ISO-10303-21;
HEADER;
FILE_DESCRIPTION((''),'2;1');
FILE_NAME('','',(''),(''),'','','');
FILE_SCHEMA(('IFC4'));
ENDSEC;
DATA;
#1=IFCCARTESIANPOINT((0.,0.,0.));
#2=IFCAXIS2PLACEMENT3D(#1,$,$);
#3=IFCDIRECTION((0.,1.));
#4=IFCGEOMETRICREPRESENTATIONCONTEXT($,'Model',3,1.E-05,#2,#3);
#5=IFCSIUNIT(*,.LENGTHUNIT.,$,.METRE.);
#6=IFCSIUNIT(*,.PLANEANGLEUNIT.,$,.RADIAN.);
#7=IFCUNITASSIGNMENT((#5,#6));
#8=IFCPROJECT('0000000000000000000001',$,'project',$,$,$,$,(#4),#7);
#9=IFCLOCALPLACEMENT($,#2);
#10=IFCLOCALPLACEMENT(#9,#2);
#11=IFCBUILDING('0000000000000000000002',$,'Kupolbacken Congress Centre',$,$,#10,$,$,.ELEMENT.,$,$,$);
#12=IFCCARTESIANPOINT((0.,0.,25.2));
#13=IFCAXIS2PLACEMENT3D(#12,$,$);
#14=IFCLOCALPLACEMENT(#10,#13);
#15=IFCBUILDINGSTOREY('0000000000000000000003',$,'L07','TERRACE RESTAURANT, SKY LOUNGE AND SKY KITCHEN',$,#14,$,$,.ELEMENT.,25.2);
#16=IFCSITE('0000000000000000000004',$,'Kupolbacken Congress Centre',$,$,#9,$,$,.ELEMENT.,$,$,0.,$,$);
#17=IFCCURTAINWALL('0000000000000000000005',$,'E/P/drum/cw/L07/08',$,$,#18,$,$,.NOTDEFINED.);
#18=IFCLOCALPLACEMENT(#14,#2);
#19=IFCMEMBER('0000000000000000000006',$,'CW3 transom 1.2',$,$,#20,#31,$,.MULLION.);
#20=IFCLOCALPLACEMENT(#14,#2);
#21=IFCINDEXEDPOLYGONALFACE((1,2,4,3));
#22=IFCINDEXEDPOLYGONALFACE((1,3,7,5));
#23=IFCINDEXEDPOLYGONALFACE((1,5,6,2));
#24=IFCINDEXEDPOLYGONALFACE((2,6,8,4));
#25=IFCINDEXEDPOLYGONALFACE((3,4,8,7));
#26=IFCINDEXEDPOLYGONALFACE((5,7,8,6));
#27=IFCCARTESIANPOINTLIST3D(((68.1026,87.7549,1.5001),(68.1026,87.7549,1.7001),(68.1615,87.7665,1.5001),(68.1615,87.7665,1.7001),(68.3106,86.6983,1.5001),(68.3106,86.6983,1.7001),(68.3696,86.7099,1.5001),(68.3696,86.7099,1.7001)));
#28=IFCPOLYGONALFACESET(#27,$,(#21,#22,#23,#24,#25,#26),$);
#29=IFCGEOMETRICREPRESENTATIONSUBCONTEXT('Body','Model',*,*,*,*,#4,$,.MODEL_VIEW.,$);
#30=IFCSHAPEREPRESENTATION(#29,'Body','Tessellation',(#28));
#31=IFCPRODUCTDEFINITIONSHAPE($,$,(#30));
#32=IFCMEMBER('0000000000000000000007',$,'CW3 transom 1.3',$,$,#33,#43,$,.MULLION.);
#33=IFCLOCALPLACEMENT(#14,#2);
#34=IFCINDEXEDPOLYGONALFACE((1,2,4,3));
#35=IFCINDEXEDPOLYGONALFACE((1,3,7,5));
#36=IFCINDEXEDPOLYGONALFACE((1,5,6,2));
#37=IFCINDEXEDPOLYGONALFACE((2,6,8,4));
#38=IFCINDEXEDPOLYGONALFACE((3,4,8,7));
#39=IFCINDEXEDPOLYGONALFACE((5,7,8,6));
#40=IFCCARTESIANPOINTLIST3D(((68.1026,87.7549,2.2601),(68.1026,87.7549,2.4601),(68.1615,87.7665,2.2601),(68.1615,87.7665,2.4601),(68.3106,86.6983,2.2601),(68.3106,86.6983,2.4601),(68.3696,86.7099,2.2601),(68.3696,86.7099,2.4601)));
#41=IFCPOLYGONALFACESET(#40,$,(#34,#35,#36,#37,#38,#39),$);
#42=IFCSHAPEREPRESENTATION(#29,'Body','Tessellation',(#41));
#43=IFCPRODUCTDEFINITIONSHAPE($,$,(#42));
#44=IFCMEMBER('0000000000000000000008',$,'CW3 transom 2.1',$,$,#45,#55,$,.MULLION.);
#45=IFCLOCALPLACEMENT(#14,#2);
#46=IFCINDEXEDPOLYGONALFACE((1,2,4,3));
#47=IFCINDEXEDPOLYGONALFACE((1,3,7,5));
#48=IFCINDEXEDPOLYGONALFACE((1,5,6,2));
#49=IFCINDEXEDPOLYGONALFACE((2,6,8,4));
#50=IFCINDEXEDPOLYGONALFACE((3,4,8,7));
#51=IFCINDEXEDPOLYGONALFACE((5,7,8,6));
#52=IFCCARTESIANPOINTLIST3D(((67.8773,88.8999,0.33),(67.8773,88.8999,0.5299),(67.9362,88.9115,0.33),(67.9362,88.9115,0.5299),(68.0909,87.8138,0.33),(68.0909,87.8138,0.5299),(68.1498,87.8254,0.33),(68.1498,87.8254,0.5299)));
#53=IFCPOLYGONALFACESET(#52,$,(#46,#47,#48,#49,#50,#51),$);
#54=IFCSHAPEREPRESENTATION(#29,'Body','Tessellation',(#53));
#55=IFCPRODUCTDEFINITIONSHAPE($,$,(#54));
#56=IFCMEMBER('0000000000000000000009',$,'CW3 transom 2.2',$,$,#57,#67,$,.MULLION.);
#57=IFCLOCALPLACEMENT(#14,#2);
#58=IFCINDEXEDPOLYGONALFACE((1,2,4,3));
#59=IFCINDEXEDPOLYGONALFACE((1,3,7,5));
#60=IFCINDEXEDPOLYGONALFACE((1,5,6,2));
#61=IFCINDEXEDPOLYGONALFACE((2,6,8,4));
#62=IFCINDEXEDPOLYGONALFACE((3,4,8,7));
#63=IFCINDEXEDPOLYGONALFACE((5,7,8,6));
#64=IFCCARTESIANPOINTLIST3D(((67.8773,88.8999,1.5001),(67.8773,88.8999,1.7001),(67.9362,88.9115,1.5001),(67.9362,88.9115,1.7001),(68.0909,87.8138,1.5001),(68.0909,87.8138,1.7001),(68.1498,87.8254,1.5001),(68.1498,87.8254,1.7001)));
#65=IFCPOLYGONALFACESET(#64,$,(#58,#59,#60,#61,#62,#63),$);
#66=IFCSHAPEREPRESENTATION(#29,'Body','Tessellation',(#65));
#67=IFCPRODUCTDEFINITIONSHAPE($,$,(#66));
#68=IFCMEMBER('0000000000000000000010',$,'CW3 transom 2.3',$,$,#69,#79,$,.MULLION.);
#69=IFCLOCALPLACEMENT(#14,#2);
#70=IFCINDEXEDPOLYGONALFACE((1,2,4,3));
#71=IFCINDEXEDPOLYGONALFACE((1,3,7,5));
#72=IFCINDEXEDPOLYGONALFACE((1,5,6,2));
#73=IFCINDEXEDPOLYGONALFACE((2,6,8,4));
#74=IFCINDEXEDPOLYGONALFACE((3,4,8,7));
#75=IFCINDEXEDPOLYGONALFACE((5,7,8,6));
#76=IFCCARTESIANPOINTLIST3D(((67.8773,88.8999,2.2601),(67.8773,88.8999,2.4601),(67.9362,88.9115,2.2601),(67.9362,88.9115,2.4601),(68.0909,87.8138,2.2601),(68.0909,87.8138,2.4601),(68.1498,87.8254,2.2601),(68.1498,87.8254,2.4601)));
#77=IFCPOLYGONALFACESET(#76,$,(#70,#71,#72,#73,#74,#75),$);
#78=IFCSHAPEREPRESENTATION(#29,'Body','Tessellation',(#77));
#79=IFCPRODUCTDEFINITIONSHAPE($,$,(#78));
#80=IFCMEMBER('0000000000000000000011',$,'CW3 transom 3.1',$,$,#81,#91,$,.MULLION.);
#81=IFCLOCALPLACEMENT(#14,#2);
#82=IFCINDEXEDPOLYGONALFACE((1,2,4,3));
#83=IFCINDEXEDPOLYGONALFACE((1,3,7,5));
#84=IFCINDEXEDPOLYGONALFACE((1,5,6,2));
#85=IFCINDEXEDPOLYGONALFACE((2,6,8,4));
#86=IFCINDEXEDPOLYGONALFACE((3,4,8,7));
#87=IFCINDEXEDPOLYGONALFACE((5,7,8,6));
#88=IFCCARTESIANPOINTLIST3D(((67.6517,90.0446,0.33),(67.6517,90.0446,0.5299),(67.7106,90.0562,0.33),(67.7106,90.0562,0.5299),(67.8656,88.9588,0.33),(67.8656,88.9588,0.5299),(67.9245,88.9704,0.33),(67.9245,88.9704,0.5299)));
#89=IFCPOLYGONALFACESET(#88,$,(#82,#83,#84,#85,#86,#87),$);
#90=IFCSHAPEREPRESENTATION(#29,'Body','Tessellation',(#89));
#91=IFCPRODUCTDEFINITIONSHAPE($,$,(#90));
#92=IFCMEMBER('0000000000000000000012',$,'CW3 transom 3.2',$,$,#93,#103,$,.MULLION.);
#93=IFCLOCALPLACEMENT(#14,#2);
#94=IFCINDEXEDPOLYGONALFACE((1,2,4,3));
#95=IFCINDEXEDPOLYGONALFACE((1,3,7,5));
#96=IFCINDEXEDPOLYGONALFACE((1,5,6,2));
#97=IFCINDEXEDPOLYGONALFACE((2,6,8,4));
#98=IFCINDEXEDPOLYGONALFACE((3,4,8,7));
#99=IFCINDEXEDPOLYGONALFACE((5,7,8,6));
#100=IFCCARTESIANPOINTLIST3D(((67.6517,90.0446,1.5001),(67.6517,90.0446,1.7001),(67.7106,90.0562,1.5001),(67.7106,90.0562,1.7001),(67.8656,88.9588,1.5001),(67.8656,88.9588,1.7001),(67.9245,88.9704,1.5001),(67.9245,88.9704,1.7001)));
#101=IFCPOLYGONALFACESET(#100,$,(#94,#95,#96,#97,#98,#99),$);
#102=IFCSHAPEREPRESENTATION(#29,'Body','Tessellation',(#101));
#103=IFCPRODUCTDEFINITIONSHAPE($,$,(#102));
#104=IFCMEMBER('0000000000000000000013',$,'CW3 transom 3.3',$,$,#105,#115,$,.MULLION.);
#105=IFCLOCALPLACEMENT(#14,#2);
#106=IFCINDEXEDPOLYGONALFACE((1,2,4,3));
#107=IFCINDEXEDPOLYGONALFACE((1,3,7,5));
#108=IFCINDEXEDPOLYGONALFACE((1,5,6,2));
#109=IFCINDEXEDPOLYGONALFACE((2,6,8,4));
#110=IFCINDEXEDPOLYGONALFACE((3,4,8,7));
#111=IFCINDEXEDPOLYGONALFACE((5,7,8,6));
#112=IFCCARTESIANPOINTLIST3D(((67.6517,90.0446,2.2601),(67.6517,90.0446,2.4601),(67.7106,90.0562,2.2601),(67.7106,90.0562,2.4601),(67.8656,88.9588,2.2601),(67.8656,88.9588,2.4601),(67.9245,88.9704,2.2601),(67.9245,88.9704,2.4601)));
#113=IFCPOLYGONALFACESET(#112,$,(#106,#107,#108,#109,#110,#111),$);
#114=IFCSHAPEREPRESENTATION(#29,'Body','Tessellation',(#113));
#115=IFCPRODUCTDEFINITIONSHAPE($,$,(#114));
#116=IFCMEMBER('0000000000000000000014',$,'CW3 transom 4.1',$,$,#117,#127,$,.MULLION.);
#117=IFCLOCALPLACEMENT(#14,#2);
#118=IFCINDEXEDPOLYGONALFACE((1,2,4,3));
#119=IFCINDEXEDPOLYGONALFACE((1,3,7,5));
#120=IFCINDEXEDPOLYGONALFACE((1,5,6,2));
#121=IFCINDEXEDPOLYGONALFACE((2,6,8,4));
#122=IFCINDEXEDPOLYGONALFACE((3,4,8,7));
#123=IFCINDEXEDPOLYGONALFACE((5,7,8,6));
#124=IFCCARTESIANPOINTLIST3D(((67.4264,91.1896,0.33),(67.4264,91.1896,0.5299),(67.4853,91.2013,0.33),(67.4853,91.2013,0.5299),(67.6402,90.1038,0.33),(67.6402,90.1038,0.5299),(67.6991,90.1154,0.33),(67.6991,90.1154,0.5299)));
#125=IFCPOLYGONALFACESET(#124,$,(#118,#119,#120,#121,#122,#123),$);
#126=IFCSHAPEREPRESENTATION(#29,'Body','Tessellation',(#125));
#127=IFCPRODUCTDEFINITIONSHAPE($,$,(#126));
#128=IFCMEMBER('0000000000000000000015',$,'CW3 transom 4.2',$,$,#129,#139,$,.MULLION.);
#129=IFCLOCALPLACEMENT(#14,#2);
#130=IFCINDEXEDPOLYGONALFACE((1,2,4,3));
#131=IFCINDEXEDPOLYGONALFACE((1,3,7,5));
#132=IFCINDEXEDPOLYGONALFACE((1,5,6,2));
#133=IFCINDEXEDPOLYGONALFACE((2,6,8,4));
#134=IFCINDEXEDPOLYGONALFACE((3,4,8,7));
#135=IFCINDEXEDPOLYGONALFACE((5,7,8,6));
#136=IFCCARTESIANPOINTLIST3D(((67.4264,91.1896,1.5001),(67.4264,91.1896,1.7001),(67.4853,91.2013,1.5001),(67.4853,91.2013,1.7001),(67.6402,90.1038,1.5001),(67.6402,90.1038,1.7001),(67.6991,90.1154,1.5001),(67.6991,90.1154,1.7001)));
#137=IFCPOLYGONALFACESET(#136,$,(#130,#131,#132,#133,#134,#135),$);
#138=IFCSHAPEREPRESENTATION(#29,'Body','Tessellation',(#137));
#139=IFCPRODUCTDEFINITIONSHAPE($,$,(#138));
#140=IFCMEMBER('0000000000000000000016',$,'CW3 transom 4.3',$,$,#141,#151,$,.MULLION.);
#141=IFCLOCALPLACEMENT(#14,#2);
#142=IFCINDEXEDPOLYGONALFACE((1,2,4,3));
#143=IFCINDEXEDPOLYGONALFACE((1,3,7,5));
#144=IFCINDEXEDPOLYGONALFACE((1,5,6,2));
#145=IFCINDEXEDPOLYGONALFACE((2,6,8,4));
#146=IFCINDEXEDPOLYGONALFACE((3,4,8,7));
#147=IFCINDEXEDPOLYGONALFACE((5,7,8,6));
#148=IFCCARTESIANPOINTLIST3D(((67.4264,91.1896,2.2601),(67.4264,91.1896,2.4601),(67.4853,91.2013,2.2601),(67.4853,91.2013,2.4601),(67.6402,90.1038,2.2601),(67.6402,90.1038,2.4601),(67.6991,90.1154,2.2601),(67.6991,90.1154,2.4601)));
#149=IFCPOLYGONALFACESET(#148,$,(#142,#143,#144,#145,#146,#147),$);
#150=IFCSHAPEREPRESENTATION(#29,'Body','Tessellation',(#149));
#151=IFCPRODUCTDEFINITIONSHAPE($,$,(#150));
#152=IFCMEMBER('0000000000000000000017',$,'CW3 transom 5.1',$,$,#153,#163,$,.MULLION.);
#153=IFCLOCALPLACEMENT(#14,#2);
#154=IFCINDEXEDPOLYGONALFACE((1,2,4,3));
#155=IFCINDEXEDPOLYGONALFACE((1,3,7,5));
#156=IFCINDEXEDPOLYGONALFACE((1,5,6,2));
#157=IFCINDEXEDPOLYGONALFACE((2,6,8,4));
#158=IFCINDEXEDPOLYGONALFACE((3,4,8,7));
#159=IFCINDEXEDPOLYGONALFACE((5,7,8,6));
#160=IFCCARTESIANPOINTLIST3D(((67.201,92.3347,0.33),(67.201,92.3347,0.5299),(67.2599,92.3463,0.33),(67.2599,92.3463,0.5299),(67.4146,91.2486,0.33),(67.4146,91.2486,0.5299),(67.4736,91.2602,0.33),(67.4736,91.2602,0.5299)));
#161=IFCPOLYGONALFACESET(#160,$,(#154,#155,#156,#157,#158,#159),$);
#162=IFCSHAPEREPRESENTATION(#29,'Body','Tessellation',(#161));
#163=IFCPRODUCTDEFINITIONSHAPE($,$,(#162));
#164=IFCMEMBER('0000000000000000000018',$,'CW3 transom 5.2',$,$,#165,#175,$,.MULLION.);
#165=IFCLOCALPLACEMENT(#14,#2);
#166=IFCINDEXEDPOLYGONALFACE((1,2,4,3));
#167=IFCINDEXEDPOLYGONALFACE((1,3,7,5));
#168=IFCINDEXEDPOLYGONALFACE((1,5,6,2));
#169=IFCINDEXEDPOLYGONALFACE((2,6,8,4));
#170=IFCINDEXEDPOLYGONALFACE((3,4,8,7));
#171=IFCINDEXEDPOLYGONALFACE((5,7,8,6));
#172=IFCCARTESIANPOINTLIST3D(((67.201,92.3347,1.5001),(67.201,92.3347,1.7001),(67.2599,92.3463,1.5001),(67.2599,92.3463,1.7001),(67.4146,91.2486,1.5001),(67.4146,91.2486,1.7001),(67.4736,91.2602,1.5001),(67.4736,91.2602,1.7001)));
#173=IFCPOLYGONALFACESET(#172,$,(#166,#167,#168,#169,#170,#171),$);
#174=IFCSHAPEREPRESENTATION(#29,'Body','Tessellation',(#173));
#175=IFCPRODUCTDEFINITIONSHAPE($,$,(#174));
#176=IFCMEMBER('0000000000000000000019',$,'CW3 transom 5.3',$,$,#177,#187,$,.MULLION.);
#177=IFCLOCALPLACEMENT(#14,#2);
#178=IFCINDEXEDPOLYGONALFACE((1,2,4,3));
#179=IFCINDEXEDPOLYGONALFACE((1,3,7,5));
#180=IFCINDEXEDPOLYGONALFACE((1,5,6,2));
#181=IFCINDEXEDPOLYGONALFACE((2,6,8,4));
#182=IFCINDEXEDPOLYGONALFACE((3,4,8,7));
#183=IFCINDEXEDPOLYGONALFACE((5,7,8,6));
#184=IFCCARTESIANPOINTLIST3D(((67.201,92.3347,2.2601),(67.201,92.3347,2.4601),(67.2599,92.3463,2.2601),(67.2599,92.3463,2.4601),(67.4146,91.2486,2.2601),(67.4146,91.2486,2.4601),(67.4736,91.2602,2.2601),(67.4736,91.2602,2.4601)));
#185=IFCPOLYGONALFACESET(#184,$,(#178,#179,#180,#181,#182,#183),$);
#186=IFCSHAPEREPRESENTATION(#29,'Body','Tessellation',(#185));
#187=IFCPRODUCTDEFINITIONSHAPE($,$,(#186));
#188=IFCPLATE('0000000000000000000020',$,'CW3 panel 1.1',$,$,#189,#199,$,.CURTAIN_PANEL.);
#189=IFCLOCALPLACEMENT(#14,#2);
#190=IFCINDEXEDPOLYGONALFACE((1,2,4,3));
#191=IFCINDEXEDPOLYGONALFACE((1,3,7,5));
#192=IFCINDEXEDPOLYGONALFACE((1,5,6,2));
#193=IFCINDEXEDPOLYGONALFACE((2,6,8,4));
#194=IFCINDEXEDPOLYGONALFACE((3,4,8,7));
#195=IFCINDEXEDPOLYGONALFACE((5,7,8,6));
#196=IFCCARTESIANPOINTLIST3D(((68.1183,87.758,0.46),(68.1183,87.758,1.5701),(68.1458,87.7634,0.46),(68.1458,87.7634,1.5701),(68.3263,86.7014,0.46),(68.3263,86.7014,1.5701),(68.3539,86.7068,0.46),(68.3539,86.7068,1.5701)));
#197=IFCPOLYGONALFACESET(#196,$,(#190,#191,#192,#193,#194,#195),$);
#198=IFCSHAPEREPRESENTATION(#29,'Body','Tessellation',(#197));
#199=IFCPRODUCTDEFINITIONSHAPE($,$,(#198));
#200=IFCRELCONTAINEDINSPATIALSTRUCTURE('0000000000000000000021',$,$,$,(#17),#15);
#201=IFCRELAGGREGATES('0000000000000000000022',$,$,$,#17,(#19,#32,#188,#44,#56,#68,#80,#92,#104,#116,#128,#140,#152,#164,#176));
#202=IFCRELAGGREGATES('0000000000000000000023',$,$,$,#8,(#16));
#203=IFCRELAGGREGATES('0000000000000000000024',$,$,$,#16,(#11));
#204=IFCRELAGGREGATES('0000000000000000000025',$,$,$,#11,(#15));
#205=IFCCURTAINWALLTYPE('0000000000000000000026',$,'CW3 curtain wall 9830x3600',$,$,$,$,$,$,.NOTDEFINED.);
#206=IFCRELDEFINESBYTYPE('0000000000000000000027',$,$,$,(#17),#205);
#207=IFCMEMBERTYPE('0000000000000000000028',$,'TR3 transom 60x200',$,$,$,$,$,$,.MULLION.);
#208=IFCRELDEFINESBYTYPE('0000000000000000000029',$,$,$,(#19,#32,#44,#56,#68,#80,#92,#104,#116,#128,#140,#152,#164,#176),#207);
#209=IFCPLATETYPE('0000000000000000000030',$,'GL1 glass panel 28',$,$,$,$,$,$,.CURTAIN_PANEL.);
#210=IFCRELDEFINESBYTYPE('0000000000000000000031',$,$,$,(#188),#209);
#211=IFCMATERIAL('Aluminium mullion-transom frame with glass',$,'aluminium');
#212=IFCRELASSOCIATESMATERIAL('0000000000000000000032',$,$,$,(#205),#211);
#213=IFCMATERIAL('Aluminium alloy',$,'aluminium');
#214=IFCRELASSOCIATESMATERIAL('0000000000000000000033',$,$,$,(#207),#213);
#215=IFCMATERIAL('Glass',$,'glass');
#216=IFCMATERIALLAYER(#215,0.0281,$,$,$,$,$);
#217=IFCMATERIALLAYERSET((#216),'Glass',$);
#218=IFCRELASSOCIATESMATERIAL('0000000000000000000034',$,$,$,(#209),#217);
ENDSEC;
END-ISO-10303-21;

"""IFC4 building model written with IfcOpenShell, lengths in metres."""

from ifc_helpers import new_model, si_unit, direction, frame, origin, origin_2d, place, context, subcontext, project, spatial, rectangle, extrude, material, layer, layer_set, material_profile, profile_set, type_object, element, aggregate, save


model = new_model("IFC4")

# Units and contexts
model_context = context("Model", 3, precision=1e-05, world=origin(), true_north=direction((0.0, 1.0)))
body_context = subcontext(model_context, "Body", "Model", "MODEL_VIEW")
ifc_project = project(units=[si_unit("LENGTHUNIT", "METRE"), si_unit("PLANEANGLEUNIT", "RADIAN")], contexts=[model_context])

# Site, building, storey
site_placement = place(None, origin())
site = spatial("IfcSite", under=ifc_project, at=site_placement, Name="Kupolbacken Congress Centre", CompositionType="ELEMENT", RefElevation=0.0)
building_placement = place(site_placement, origin())
building = spatial("IfcBuilding", under=site, at=building_placement, Name="Kupolbacken Congress Centre", CompositionType="ELEMENT")
storey_placement = place(building_placement, frame((0.0, 0.0, 25.2)))
storey = spatial("IfcBuildingStorey", under=building, at=storey_placement, Name="L07", Description="TERRACE RESTAURANT, SKY LOUNGE AND SKY KITCHEN", CompositionType="ELEMENT", Elevation=25.2)

# Curtain wall, members, plate
ifc_material_1 = material(Name="Aluminium mullion-transom frame with glass", Category="aluminium")
curtain_wall_type = type_object("IfcCurtainWallType", Name="CW3 curtain wall 9830x3600", PredefinedType="NOTDEFINED", material=ifc_material_1)
curtain_wall_placement = place(storey_placement, origin())
curtain_wall = element("IfcCurtainWall", 1, at=curtain_wall_placement, inside=storey, type_object=curtain_wall_type, Name="E/P/drum/cw/L07/08", PredefinedType="NOTDEFINED")
ifc_material_2 = material(Name="Aluminium alloy", Category="aluminium")
ifc_material_profile_1 = material_profile(ifc_material_2, rectangle(XDim=0.0601, YDim=0.2, at=origin_2d()), Name="60 x 200")
ifc_profile_set_1 = profile_set([ifc_material_profile_1], Name="Aluminium alloy")
member_type_1 = type_object("IfcMemberType", Name="TR3 transom 60x200", PredefinedType="MULLION", material=ifc_profile_set_1)
member_1_placement = place(storey_placement, frame((68.3401, 86.7041, 1.6001), z_axis=(-0.193151, 0.981169, 0.0), x_axis=(-0.981169, -0.193151, 0.0)))
member_1 = element("IfcMember", 2, at=member_1_placement, type_object=member_type_1, Name="CW3 transom 1.2", PredefinedType="MULLION", context=body_context, shape_type="SweptSolid", body=[
    extrude(rectangle(XDim=0.0601, YDim=0.2, at=origin_2d()), origin(), (0.0, 0.0, 1.0), 1.0769),
])
member_2_placement = place(storey_placement, frame((68.3401, 86.7041, 2.3601), z_axis=(-0.193151, 0.981169, 0.0), x_axis=(-0.981169, -0.193151, 0.0)))
member_2 = element("IfcMember", 3, at=member_2_placement, type_object=member_type_1, Name="CW3 transom 1.3", PredefinedType="MULLION", context=body_context, shape_type="SweptSolid", body=[
    extrude(rectangle(XDim=0.0601, YDim=0.2, at=origin_2d()), origin(), (0.0, 0.0, 1.0), 1.0769),
])
member_3_placement = place(storey_placement, frame((68.1204, 87.8196, 0.4299), z_axis=(-0.192977, 0.981203, 0.0), x_axis=(-0.981203, -0.192977, 0.0)))
member_3 = element("IfcMember", 4, at=member_3_placement, type_object=member_type_1, Name="CW3 transom 2.1", PredefinedType="MULLION", context=body_context, shape_type="SweptSolid", body=[
    extrude(rectangle(XDim=0.0601, YDim=0.2, at=origin_2d()), origin(), (0.0, 0.0, 1.0), 1.1069),
])
member_4_placement = place(storey_placement, frame((68.1204, 87.8196, 1.6001), z_axis=(-0.192977, 0.981203, 0.0), x_axis=(-0.981203, -0.192977, 0.0)))
member_4 = element("IfcMember", 5, at=member_4_placement, type_object=member_type_1, Name="CW3 transom 2.2", PredefinedType="MULLION", context=body_context, shape_type="SweptSolid", body=[
    extrude(rectangle(XDim=0.0601, YDim=0.2, at=origin_2d()), origin(), (0.0, 0.0, 1.0), 1.1069),
])
member_5_placement = place(storey_placement, frame((68.1204, 87.8196, 2.3601), z_axis=(-0.192977, 0.981203, 0.0), x_axis=(-0.981203, -0.192977, 0.0)))
member_5 = element("IfcMember", 6, at=member_5_placement, type_object=member_type_1, Name="CW3 transom 2.3", PredefinedType="MULLION", context=body_context, shape_type="SweptSolid", body=[
    extrude(rectangle(XDim=0.0601, YDim=0.2, at=origin_2d()), origin(), (0.0, 0.0, 1.0), 1.1069),
])
member_6_placement = place(storey_placement, frame((67.895, 88.9646, 0.4299), z_axis=(-0.193231, 0.981153, 0.0), x_axis=(-0.981153, -0.193231, 0.0)))
member_6 = element("IfcMember", 7, at=member_6_placement, type_object=member_type_1, Name="CW3 transom 3.1", PredefinedType="MULLION", context=body_context, shape_type="SweptSolid", body=[
    extrude(rectangle(XDim=0.0601, YDim=0.2, at=origin_2d()), origin(), (0.0, 0.0, 1.0), 1.1067),
])
member_7_placement = place(storey_placement, frame((67.895, 88.9646, 1.6001), z_axis=(-0.193231, 0.981153, 0.0), x_axis=(-0.981153, -0.193231, 0.0)))
member_7 = element("IfcMember", 8, at=member_7_placement, type_object=member_type_1, Name="CW3 transom 3.2", PredefinedType="MULLION", context=body_context, shape_type="SweptSolid", body=[
    extrude(rectangle(XDim=0.0601, YDim=0.2, at=origin_2d()), origin(), (0.0, 0.0, 1.0), 1.1067),
])
member_8_placement = place(storey_placement, frame((67.895, 88.9646, 2.3601), z_axis=(-0.193231, 0.981153, 0.0), x_axis=(-0.981153, -0.193231, 0.0)))
member_8 = element("IfcMember", 9, at=member_8_placement, type_object=member_type_1, Name="CW3 transom 3.3", PredefinedType="MULLION", context=body_context, shape_type="SweptSolid", body=[
    extrude(rectangle(XDim=0.0601, YDim=0.2, at=origin_2d()), origin(), (0.0, 0.0, 1.0), 1.1067),
])
member_9_placement = place(storey_placement, frame((67.6697, 90.1096, 0.4299), z_axis=(-0.193231, 0.981153, 0.0), x_axis=(-0.981153, -0.193231, 0.0)))
member_9 = element("IfcMember", 10, at=member_9_placement, type_object=member_type_1, Name="CW3 transom 4.1", PredefinedType="MULLION", context=body_context, shape_type="SweptSolid", body=[
    extrude(rectangle(XDim=0.0601, YDim=0.2, at=origin_2d()), origin(), (0.0, 0.0, 1.0), 1.1067),
])
member_10_placement = place(storey_placement, frame((67.6697, 90.1096, 1.6001), z_axis=(-0.193231, 0.981153, 0.0), x_axis=(-0.981153, -0.193231, 0.0)))
member_10 = element("IfcMember", 11, at=member_10_placement, type_object=member_type_1, Name="CW3 transom 4.2", PredefinedType="MULLION", context=body_context, shape_type="SweptSolid", body=[
    extrude(rectangle(XDim=0.0601, YDim=0.2, at=origin_2d()), origin(), (0.0, 0.0, 1.0), 1.1067),
])
member_11_placement = place(storey_placement, frame((67.6697, 90.1096, 2.3601), z_axis=(-0.193231, 0.981153, 0.0), x_axis=(-0.981153, -0.193231, 0.0)))
member_11 = element("IfcMember", 12, at=member_11_placement, type_object=member_type_1, Name="CW3 transom 4.3", PredefinedType="MULLION", context=body_context, shape_type="SweptSolid", body=[
    extrude(rectangle(XDim=0.0601, YDim=0.2, at=origin_2d()), origin(), (0.0, 0.0, 1.0), 1.1067),
])
member_12_placement = place(storey_placement, frame((67.4441, 91.2544, 0.4299), z_axis=(-0.192977, 0.981203, 0.0), x_axis=(-0.981203, -0.192977, 0.0)))
member_12 = element("IfcMember", 13, at=member_12_placement, type_object=member_type_1, Name="CW3 transom 5.1", PredefinedType="MULLION", context=body_context, shape_type="SweptSolid", body=[
    extrude(rectangle(XDim=0.0601, YDim=0.2, at=origin_2d()), origin(), (0.0, 0.0, 1.0), 1.1069),
])
member_13_placement = place(storey_placement, frame((67.4441, 91.2544, 1.6001), z_axis=(-0.192977, 0.981203, 0.0), x_axis=(-0.981203, -0.192977, 0.0)))
member_13 = element("IfcMember", 14, at=member_13_placement, type_object=member_type_1, Name="CW3 transom 5.2", PredefinedType="MULLION", context=body_context, shape_type="SweptSolid", body=[
    extrude(rectangle(XDim=0.0601, YDim=0.2, at=origin_2d()), origin(), (0.0, 0.0, 1.0), 1.1069),
])
member_14_placement = place(storey_placement, frame((67.4441, 91.2544, 2.3601), z_axis=(-0.192977, 0.981203, 0.0), x_axis=(-0.981203, -0.192977, 0.0)))
member_14 = element("IfcMember", 15, at=member_14_placement, type_object=member_type_1, Name="CW3 transom 5.3", PredefinedType="MULLION", context=body_context, shape_type="SweptSolid", body=[
    extrude(rectangle(XDim=0.0601, YDim=0.2, at=origin_2d()), origin(), (0.0, 0.0, 1.0), 1.1069),
])
ifc_material_3 = material(Name="Glass", Category="glass")
ifc_layer_1 = layer(ifc_material_3, 0.0281)
ifc_layer_set_1 = layer_set([ifc_layer_1], Name="Glass")
plate_type = type_object("IfcPlateType", Name="GL1 glass panel 28", PredefinedType="CURTAIN_PANEL", material=ifc_layer_set_1)
plate_1_placement = place(storey_placement, frame((68.2361, 87.2324, 0.46), z_axis=(0.0, 0.0, 1.0), x_axis=(-0.193182, 0.981163, 0.0)))
plate_1 = element("IfcPlate", 16, at=plate_1_placement, type_object=plate_type, Name="CW3 panel 1.1", PredefinedType="CURTAIN_PANEL", context=body_context, shape_type="SweptSolid", body=[
    extrude(rectangle(XDim=1.0769, YDim=0.0281, at=origin_2d()), origin(), (0.0, 0.0, 1.0), 1.1101),
])
aggregate(curtain_wall, [member_1, member_2, plate_1, member_3, member_4, member_5, member_6, member_7, member_8, member_9, member_10, member_11, member_12, member_13, member_14])

save(model, "model.ifc")
